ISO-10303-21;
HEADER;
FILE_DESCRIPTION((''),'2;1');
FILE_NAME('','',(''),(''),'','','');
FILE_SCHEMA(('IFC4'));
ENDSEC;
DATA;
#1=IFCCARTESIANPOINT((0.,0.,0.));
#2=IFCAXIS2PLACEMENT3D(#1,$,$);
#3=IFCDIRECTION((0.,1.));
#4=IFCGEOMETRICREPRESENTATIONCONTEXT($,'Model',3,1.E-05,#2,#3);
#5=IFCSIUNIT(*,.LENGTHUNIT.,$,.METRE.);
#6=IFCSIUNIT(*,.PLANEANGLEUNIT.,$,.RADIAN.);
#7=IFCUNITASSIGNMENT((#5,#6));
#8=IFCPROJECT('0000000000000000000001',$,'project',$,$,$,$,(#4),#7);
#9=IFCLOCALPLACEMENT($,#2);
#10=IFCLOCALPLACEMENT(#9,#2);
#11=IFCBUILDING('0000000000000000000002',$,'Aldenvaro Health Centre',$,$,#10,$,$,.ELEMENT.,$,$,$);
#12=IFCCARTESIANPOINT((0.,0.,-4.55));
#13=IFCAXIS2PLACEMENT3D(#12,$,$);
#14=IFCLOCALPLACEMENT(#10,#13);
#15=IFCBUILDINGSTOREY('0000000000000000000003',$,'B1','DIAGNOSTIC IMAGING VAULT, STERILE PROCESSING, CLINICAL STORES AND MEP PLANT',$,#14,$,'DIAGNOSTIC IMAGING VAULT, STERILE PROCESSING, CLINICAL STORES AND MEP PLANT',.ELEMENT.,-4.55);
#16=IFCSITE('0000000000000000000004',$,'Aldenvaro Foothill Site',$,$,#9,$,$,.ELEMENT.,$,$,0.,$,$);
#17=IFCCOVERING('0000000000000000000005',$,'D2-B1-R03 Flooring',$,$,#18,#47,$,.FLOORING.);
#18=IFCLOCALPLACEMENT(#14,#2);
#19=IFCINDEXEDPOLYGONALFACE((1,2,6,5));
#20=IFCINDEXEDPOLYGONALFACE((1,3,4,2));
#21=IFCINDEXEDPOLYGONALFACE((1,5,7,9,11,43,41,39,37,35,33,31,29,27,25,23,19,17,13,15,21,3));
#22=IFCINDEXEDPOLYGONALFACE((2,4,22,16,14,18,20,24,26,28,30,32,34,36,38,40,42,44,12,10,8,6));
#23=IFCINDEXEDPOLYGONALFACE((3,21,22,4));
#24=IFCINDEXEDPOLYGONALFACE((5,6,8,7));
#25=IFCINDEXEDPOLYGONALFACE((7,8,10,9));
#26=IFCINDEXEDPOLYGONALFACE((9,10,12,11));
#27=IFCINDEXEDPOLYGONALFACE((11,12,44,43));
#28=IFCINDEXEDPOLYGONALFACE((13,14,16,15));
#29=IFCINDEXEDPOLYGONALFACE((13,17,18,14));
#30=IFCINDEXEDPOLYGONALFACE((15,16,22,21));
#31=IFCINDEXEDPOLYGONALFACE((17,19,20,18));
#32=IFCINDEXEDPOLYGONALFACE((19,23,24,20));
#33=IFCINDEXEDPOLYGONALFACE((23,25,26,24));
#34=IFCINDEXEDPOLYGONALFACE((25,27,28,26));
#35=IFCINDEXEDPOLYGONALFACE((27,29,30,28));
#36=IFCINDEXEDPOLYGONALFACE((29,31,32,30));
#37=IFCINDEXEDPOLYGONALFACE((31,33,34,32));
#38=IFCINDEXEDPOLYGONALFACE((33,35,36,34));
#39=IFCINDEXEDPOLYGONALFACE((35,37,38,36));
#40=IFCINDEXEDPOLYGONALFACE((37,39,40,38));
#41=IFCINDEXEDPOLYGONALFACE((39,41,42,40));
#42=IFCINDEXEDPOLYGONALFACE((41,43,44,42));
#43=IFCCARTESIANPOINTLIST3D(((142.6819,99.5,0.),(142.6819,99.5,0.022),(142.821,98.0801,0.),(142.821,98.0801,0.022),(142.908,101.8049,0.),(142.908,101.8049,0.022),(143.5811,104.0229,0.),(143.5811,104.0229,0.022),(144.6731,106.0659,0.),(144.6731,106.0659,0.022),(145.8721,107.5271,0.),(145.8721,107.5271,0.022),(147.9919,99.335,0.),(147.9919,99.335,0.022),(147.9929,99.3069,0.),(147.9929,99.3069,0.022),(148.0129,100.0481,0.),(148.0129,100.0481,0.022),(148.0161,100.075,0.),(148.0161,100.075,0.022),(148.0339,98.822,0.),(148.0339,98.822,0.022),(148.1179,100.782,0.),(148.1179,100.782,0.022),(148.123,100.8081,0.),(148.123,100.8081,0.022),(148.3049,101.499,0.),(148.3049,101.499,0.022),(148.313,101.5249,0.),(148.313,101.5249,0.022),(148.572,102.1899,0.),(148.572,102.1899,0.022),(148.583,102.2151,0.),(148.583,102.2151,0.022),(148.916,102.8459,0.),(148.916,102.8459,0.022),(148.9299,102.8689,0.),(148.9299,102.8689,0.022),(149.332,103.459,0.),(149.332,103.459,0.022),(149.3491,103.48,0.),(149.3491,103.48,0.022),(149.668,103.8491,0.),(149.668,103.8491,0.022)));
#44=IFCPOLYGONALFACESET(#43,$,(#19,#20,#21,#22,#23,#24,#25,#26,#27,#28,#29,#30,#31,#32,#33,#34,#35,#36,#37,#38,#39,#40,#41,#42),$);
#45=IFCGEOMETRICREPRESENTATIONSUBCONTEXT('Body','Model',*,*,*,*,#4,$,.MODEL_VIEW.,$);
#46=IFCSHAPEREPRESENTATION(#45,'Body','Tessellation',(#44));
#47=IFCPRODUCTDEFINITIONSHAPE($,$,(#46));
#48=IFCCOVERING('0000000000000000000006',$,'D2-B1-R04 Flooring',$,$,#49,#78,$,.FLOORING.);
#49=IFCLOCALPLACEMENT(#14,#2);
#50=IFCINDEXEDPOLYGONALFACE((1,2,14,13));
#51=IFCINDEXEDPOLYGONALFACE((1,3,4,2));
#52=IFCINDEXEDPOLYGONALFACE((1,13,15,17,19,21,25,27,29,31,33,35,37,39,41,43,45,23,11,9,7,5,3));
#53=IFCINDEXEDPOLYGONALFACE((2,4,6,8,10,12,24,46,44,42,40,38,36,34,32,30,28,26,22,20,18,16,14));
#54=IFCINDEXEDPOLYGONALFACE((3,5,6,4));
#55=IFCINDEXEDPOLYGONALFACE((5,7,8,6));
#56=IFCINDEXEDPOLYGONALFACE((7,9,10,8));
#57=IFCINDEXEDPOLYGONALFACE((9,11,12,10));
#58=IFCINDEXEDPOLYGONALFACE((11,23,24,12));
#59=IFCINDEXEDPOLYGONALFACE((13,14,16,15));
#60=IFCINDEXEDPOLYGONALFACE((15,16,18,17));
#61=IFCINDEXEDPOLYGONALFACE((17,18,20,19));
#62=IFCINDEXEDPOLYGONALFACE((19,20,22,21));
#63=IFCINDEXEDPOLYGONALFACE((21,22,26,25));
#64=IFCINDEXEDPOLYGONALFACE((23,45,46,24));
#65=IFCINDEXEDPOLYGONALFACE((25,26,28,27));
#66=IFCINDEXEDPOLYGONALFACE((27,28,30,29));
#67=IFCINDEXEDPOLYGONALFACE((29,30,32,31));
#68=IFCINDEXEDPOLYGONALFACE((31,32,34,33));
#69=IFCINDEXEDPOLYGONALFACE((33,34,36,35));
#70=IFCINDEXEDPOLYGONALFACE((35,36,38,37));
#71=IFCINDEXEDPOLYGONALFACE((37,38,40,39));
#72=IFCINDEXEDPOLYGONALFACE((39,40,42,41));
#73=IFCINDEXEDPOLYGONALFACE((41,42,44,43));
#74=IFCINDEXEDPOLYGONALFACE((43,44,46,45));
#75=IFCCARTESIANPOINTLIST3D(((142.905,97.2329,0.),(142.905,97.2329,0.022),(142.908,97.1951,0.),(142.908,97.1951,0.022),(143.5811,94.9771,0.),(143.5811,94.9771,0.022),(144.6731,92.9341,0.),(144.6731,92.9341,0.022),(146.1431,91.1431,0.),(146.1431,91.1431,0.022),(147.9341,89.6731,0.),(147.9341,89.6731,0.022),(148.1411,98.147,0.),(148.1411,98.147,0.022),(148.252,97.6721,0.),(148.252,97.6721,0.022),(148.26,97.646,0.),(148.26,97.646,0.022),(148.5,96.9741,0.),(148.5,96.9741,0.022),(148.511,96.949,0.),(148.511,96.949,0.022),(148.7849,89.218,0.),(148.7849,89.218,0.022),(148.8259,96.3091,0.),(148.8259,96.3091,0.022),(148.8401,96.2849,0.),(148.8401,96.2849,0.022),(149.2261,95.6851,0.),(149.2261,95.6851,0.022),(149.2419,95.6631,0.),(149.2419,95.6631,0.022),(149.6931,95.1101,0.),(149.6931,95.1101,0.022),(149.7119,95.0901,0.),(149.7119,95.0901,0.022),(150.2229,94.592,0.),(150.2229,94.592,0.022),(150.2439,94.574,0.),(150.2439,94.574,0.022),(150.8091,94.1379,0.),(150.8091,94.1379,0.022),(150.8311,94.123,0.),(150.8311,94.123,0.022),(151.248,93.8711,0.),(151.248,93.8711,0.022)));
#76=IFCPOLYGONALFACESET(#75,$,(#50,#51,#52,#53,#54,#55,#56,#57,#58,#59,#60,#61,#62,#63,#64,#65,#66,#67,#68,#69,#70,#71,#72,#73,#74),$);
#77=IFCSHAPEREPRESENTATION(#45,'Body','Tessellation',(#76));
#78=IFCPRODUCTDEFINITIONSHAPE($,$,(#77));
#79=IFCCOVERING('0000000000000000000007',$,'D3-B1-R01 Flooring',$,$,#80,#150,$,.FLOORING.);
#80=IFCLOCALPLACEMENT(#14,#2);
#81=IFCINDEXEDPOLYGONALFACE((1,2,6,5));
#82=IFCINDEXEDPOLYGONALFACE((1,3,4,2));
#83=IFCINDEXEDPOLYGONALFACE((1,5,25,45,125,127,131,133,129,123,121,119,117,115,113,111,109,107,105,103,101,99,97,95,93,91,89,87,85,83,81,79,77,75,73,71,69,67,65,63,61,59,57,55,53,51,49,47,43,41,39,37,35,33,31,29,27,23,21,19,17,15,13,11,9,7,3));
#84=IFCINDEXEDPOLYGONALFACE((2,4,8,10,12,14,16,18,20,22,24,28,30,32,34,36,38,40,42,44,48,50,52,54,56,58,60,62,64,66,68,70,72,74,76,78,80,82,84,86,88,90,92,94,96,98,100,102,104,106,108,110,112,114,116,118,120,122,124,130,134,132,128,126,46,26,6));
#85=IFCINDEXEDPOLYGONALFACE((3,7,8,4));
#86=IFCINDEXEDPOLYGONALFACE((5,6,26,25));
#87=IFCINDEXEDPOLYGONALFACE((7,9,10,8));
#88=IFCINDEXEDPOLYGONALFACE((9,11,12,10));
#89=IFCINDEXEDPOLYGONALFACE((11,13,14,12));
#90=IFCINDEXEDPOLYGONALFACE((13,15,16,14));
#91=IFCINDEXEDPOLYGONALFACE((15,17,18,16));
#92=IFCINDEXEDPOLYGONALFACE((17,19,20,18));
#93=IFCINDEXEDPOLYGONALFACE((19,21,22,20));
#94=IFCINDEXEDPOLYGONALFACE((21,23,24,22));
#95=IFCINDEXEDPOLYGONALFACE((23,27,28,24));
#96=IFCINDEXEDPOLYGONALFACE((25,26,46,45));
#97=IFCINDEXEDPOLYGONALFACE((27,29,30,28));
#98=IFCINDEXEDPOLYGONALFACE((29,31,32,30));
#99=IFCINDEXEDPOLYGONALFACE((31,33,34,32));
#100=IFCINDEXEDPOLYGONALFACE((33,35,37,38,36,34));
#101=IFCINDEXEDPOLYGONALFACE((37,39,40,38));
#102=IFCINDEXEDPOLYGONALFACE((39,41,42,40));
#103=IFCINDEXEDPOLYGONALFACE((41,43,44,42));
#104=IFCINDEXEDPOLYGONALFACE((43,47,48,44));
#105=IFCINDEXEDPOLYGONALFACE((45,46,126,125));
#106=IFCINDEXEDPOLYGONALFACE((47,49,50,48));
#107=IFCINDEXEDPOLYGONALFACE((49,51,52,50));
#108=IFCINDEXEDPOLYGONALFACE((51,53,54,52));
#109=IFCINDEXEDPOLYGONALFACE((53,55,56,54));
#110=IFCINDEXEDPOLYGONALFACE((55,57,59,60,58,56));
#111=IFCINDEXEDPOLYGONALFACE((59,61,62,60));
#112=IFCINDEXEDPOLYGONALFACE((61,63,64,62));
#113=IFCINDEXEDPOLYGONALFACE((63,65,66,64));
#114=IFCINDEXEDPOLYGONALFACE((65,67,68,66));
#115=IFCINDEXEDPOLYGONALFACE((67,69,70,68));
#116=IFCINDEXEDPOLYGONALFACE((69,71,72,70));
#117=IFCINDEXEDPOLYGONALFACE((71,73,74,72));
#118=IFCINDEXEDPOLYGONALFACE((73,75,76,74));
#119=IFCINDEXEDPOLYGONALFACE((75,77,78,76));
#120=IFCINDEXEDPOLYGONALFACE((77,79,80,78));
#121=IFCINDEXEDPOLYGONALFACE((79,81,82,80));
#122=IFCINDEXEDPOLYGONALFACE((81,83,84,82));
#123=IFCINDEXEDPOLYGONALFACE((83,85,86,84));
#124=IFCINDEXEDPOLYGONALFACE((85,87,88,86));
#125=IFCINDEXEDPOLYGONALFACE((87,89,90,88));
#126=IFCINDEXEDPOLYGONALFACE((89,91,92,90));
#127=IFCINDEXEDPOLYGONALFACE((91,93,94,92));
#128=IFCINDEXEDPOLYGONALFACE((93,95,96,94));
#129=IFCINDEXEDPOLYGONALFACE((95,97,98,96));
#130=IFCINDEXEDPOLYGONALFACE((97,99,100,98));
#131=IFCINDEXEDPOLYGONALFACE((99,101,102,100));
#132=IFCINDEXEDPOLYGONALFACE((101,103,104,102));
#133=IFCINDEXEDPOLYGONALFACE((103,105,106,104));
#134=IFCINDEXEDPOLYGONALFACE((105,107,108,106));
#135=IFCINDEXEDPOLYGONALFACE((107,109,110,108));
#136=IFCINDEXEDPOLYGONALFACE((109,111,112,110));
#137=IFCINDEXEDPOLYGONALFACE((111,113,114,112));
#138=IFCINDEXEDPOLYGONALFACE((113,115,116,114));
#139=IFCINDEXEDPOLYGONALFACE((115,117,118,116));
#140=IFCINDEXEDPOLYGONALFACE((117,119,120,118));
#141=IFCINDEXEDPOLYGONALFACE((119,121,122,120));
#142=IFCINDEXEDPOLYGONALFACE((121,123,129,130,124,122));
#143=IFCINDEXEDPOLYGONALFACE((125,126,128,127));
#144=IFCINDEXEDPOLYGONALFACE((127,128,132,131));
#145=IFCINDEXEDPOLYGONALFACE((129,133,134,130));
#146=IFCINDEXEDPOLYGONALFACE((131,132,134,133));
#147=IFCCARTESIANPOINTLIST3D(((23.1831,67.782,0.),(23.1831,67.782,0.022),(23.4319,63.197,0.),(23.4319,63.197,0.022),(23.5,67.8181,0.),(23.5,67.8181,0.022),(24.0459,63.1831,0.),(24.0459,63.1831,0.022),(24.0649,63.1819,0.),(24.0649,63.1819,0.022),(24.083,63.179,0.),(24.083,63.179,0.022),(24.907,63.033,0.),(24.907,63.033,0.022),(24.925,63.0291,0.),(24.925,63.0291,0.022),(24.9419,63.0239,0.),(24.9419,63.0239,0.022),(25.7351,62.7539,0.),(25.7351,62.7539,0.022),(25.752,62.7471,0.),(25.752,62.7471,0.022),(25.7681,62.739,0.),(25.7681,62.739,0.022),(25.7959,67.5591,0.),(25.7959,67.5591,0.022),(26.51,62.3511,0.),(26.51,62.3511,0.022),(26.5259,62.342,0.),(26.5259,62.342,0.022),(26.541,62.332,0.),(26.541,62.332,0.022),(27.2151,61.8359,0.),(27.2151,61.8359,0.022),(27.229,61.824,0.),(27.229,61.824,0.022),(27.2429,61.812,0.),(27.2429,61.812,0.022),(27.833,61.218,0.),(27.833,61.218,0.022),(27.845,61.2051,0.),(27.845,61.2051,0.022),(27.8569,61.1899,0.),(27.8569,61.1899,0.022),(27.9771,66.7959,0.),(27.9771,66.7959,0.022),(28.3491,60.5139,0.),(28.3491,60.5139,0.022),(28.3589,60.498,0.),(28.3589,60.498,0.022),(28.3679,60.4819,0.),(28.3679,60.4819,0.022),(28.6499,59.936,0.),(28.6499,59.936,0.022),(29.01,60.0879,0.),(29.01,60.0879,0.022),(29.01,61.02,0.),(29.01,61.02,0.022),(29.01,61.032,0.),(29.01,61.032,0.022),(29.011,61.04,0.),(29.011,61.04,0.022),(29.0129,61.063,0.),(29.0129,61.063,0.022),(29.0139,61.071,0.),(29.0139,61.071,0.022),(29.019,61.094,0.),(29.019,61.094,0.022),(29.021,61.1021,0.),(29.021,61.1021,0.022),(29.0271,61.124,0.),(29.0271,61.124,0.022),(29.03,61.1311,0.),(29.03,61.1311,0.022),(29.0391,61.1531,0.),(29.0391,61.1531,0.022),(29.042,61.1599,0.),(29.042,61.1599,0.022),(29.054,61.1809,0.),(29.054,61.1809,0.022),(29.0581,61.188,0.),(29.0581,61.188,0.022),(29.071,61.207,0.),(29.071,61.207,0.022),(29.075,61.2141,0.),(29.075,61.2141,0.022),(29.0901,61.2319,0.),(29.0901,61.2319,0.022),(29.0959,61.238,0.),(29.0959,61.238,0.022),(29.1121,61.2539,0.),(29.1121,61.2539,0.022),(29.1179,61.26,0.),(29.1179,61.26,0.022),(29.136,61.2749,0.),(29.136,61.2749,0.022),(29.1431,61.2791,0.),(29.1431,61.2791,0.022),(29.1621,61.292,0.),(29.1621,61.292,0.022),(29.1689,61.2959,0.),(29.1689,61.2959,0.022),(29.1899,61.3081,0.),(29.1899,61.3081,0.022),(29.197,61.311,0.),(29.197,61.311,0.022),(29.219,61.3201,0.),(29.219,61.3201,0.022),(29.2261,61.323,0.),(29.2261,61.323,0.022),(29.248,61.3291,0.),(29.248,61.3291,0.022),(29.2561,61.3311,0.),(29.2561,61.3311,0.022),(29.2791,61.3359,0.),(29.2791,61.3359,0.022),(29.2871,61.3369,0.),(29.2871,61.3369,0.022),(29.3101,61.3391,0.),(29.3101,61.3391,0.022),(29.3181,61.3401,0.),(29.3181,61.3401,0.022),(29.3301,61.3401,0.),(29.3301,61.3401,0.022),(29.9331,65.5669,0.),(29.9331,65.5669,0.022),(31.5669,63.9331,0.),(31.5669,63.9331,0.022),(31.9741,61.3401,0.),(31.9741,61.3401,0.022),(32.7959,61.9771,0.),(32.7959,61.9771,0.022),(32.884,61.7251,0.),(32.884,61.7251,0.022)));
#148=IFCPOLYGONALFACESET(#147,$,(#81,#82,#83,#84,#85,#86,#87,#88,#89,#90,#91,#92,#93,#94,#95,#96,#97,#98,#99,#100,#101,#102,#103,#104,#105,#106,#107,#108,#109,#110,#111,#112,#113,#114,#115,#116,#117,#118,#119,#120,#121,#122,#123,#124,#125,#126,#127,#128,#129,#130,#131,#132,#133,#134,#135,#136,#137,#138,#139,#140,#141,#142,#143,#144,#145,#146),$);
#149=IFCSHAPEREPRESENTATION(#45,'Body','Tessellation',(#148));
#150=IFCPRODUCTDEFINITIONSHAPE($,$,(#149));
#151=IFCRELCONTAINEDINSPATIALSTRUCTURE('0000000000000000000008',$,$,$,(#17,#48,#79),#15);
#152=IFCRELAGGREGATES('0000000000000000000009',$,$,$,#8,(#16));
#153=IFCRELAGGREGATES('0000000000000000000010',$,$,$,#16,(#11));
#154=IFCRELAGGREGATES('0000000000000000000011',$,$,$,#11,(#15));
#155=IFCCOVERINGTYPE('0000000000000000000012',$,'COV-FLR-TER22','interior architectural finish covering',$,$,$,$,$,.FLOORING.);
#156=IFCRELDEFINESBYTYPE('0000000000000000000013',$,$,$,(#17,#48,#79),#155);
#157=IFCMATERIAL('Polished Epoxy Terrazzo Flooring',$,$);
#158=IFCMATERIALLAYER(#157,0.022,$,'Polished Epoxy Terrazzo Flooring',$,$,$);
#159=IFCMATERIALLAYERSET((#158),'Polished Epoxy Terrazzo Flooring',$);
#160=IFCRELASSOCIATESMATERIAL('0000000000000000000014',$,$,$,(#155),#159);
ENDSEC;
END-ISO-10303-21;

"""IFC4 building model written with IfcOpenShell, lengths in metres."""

from ifc_helpers import new_model, si_unit, direction, frame, origin, place, context, subcontext, project, spatial, polyline, outline, extrude, material, layer, layer_set, type_object, element, save


model = new_model("IFC4")

# Units and contexts
model_context = context("Model", 3, precision=1e-05, world=origin(), true_north=direction((0.0, 1.0)))
body_context = subcontext(model_context, "Body", "Model", "MODEL_VIEW")
ifc_project = project(units=[si_unit("LENGTHUNIT", "METRE"), si_unit("PLANEANGLEUNIT", "RADIAN")], contexts=[model_context])

# Site, building, storey
site_placement = place(None, origin())
site = spatial("IfcSite", under=ifc_project, at=site_placement, Name="Aldenvaro Foothill Site", CompositionType="ELEMENT", RefElevation=0.0)
building_placement = place(site_placement, origin())
building = spatial("IfcBuilding", under=site, at=building_placement, Name="Aldenvaro Health Centre", CompositionType="ELEMENT")
storey_placement = place(building_placement, frame((0.0, 0.0, -4.55)))
storey = spatial("IfcBuildingStorey", under=building, at=storey_placement, Name="B1", Description="DIAGNOSTIC IMAGING VAULT, STERILE PROCESSING, CLINICAL STORES AND MEP PLANT", LongName="DIAGNOSTIC IMAGING VAULT, STERILE PROCESSING, CLINICAL STORES AND MEP PLANT", CompositionType="ELEMENT", Elevation=-4.55)

# Coverings
ifc_material_1 = material(Name="Polished Epoxy Terrazzo Flooring")
ifc_layer_1 = layer(ifc_material_1, 0.022, Name="Polished Epoxy Terrazzo Flooring")
ifc_layer_set_1 = layer_set([ifc_layer_1], Name="Polished Epoxy Terrazzo Flooring")
covering_type_1 = type_object("IfcCoveringType", Name="COV-FLR-TER22", Description="interior architectural finish covering", PredefinedType="FLOORING", material=ifc_layer_set_1)
covering_1_placement = place(storey_placement, origin())
element("IfcCovering", 1, at=covering_1_placement, inside=storey, type_object=covering_type_1, Name="D2-B1-R03 Flooring", PredefinedType="FLOORING", context=body_context, shape_type="SweptSolid", body=[
    extrude(outline(polyline([(149.3491, 103.48), (149.332, 103.459), (148.9299, 102.8689), (148.916, 102.8459), (148.583, 102.2151), (148.572, 102.1899), (148.313, 101.5249), (148.3049, 101.499), (148.123, 100.8081), (148.1179, 100.782), (148.0161, 100.075), (148.0129, 100.0481), (147.9919, 99.335), (147.9929, 99.3069), (148.0339, 98.822), (142.821, 98.0801), (142.6819, 99.5), (142.908, 101.8049), (143.5811, 104.0229), (144.6731, 106.0659), (145.8721, 107.5271), (149.668, 103.8491), (149.3491, 103.48)])), origin(), (0.0, 0.0, 1.0), 0.022),
])
covering_2_placement = place(storey_placement, origin())
element("IfcCovering", 2, at=covering_2_placement, inside=storey, type_object=covering_type_1, Name="D2-B1-R04 Flooring", PredefinedType="FLOORING", context=body_context, shape_type="SweptSolid", body=[
    extrude(outline(polyline([(148.252, 97.6721), (148.26, 97.646), (148.5, 96.9741), (148.511, 96.949), (148.8259, 96.3091), (148.8401, 96.2849), (149.2261, 95.6851), (149.2419, 95.6631), (149.6931, 95.1101), (149.7119, 95.0901), (150.2229, 94.592), (150.2439, 94.574), (150.8091, 94.1379), (150.8311, 94.123), (151.248, 93.8711), (148.7849, 89.218), (147.9341, 89.6731), (146.1431, 91.1431), (144.6731, 92.9341), (143.5811, 94.9771), (142.908, 97.1951), (142.905, 97.2329), (148.1411, 98.147), (148.252, 97.6721)])), origin(), (0.0, 0.0, 1.0), 0.022),
])
covering_3_placement = place(storey_placement, origin())
element("IfcCovering", 3, at=covering_3_placement, inside=storey, type_object=covering_type_1, Name="D3-B1-R01 Flooring", PredefinedType="FLOORING", context=body_context, shape_type="SweptSolid", body=[
    extrude(outline(polyline([(28.3679, 60.4819), (28.3589, 60.498), (28.3491, 60.5139), (27.8569, 61.1899), (27.845, 61.2051), (27.833, 61.218), (27.2429, 61.812), (27.229, 61.824), (27.2151, 61.8359), (26.541, 62.332), (26.5259, 62.342), (26.51, 62.3511), (25.7681, 62.739), (25.752, 62.7471), (25.7351, 62.7539), (24.9419, 63.0239), (24.925, 63.0291), (24.907, 63.033), (24.083, 63.179), (24.0649, 63.1819), (24.0459, 63.1831), (23.4319, 63.197), (23.1831, 67.782), (23.5, 67.8181), (25.7959, 67.5591), (27.9771, 66.7959), (29.9331, 65.5669), (31.5669, 63.9331), (32.7959, 61.9771), (32.884, 61.7251), (31.9741, 61.3401), (29.3301, 61.3401), (29.3181, 61.3401), (29.3101, 61.3391), (29.2871, 61.3369), (29.2791, 61.3359), (29.2561, 61.3311), (29.248, 61.3291), (29.2261, 61.323), (29.219, 61.3201), (29.197, 61.311), (29.1899, 61.3081), (29.1689, 61.2959), (29.1621, 61.292), (29.1431, 61.2791), (29.136, 61.2749), (29.1179, 61.26), (29.1121, 61.2539), (29.0959, 61.238), (29.0901, 61.2319), (29.075, 61.2141), (29.071, 61.207), (29.0581, 61.188), (29.054, 61.1809), (29.042, 61.1599), (29.0391, 61.1531), (29.03, 61.1311), (29.0271, 61.124), (29.021, 61.1021), (29.019, 61.094), (29.0139, 61.071), (29.0129, 61.063), (29.011, 61.04), (29.01, 61.032), (29.01, 61.02), (29.01, 60.0879), (28.6499, 59.936), (28.3679, 60.4819)])), origin(), (0.0, 0.0, 1.0), 0.022),
])

save(model, "model.ifc")
